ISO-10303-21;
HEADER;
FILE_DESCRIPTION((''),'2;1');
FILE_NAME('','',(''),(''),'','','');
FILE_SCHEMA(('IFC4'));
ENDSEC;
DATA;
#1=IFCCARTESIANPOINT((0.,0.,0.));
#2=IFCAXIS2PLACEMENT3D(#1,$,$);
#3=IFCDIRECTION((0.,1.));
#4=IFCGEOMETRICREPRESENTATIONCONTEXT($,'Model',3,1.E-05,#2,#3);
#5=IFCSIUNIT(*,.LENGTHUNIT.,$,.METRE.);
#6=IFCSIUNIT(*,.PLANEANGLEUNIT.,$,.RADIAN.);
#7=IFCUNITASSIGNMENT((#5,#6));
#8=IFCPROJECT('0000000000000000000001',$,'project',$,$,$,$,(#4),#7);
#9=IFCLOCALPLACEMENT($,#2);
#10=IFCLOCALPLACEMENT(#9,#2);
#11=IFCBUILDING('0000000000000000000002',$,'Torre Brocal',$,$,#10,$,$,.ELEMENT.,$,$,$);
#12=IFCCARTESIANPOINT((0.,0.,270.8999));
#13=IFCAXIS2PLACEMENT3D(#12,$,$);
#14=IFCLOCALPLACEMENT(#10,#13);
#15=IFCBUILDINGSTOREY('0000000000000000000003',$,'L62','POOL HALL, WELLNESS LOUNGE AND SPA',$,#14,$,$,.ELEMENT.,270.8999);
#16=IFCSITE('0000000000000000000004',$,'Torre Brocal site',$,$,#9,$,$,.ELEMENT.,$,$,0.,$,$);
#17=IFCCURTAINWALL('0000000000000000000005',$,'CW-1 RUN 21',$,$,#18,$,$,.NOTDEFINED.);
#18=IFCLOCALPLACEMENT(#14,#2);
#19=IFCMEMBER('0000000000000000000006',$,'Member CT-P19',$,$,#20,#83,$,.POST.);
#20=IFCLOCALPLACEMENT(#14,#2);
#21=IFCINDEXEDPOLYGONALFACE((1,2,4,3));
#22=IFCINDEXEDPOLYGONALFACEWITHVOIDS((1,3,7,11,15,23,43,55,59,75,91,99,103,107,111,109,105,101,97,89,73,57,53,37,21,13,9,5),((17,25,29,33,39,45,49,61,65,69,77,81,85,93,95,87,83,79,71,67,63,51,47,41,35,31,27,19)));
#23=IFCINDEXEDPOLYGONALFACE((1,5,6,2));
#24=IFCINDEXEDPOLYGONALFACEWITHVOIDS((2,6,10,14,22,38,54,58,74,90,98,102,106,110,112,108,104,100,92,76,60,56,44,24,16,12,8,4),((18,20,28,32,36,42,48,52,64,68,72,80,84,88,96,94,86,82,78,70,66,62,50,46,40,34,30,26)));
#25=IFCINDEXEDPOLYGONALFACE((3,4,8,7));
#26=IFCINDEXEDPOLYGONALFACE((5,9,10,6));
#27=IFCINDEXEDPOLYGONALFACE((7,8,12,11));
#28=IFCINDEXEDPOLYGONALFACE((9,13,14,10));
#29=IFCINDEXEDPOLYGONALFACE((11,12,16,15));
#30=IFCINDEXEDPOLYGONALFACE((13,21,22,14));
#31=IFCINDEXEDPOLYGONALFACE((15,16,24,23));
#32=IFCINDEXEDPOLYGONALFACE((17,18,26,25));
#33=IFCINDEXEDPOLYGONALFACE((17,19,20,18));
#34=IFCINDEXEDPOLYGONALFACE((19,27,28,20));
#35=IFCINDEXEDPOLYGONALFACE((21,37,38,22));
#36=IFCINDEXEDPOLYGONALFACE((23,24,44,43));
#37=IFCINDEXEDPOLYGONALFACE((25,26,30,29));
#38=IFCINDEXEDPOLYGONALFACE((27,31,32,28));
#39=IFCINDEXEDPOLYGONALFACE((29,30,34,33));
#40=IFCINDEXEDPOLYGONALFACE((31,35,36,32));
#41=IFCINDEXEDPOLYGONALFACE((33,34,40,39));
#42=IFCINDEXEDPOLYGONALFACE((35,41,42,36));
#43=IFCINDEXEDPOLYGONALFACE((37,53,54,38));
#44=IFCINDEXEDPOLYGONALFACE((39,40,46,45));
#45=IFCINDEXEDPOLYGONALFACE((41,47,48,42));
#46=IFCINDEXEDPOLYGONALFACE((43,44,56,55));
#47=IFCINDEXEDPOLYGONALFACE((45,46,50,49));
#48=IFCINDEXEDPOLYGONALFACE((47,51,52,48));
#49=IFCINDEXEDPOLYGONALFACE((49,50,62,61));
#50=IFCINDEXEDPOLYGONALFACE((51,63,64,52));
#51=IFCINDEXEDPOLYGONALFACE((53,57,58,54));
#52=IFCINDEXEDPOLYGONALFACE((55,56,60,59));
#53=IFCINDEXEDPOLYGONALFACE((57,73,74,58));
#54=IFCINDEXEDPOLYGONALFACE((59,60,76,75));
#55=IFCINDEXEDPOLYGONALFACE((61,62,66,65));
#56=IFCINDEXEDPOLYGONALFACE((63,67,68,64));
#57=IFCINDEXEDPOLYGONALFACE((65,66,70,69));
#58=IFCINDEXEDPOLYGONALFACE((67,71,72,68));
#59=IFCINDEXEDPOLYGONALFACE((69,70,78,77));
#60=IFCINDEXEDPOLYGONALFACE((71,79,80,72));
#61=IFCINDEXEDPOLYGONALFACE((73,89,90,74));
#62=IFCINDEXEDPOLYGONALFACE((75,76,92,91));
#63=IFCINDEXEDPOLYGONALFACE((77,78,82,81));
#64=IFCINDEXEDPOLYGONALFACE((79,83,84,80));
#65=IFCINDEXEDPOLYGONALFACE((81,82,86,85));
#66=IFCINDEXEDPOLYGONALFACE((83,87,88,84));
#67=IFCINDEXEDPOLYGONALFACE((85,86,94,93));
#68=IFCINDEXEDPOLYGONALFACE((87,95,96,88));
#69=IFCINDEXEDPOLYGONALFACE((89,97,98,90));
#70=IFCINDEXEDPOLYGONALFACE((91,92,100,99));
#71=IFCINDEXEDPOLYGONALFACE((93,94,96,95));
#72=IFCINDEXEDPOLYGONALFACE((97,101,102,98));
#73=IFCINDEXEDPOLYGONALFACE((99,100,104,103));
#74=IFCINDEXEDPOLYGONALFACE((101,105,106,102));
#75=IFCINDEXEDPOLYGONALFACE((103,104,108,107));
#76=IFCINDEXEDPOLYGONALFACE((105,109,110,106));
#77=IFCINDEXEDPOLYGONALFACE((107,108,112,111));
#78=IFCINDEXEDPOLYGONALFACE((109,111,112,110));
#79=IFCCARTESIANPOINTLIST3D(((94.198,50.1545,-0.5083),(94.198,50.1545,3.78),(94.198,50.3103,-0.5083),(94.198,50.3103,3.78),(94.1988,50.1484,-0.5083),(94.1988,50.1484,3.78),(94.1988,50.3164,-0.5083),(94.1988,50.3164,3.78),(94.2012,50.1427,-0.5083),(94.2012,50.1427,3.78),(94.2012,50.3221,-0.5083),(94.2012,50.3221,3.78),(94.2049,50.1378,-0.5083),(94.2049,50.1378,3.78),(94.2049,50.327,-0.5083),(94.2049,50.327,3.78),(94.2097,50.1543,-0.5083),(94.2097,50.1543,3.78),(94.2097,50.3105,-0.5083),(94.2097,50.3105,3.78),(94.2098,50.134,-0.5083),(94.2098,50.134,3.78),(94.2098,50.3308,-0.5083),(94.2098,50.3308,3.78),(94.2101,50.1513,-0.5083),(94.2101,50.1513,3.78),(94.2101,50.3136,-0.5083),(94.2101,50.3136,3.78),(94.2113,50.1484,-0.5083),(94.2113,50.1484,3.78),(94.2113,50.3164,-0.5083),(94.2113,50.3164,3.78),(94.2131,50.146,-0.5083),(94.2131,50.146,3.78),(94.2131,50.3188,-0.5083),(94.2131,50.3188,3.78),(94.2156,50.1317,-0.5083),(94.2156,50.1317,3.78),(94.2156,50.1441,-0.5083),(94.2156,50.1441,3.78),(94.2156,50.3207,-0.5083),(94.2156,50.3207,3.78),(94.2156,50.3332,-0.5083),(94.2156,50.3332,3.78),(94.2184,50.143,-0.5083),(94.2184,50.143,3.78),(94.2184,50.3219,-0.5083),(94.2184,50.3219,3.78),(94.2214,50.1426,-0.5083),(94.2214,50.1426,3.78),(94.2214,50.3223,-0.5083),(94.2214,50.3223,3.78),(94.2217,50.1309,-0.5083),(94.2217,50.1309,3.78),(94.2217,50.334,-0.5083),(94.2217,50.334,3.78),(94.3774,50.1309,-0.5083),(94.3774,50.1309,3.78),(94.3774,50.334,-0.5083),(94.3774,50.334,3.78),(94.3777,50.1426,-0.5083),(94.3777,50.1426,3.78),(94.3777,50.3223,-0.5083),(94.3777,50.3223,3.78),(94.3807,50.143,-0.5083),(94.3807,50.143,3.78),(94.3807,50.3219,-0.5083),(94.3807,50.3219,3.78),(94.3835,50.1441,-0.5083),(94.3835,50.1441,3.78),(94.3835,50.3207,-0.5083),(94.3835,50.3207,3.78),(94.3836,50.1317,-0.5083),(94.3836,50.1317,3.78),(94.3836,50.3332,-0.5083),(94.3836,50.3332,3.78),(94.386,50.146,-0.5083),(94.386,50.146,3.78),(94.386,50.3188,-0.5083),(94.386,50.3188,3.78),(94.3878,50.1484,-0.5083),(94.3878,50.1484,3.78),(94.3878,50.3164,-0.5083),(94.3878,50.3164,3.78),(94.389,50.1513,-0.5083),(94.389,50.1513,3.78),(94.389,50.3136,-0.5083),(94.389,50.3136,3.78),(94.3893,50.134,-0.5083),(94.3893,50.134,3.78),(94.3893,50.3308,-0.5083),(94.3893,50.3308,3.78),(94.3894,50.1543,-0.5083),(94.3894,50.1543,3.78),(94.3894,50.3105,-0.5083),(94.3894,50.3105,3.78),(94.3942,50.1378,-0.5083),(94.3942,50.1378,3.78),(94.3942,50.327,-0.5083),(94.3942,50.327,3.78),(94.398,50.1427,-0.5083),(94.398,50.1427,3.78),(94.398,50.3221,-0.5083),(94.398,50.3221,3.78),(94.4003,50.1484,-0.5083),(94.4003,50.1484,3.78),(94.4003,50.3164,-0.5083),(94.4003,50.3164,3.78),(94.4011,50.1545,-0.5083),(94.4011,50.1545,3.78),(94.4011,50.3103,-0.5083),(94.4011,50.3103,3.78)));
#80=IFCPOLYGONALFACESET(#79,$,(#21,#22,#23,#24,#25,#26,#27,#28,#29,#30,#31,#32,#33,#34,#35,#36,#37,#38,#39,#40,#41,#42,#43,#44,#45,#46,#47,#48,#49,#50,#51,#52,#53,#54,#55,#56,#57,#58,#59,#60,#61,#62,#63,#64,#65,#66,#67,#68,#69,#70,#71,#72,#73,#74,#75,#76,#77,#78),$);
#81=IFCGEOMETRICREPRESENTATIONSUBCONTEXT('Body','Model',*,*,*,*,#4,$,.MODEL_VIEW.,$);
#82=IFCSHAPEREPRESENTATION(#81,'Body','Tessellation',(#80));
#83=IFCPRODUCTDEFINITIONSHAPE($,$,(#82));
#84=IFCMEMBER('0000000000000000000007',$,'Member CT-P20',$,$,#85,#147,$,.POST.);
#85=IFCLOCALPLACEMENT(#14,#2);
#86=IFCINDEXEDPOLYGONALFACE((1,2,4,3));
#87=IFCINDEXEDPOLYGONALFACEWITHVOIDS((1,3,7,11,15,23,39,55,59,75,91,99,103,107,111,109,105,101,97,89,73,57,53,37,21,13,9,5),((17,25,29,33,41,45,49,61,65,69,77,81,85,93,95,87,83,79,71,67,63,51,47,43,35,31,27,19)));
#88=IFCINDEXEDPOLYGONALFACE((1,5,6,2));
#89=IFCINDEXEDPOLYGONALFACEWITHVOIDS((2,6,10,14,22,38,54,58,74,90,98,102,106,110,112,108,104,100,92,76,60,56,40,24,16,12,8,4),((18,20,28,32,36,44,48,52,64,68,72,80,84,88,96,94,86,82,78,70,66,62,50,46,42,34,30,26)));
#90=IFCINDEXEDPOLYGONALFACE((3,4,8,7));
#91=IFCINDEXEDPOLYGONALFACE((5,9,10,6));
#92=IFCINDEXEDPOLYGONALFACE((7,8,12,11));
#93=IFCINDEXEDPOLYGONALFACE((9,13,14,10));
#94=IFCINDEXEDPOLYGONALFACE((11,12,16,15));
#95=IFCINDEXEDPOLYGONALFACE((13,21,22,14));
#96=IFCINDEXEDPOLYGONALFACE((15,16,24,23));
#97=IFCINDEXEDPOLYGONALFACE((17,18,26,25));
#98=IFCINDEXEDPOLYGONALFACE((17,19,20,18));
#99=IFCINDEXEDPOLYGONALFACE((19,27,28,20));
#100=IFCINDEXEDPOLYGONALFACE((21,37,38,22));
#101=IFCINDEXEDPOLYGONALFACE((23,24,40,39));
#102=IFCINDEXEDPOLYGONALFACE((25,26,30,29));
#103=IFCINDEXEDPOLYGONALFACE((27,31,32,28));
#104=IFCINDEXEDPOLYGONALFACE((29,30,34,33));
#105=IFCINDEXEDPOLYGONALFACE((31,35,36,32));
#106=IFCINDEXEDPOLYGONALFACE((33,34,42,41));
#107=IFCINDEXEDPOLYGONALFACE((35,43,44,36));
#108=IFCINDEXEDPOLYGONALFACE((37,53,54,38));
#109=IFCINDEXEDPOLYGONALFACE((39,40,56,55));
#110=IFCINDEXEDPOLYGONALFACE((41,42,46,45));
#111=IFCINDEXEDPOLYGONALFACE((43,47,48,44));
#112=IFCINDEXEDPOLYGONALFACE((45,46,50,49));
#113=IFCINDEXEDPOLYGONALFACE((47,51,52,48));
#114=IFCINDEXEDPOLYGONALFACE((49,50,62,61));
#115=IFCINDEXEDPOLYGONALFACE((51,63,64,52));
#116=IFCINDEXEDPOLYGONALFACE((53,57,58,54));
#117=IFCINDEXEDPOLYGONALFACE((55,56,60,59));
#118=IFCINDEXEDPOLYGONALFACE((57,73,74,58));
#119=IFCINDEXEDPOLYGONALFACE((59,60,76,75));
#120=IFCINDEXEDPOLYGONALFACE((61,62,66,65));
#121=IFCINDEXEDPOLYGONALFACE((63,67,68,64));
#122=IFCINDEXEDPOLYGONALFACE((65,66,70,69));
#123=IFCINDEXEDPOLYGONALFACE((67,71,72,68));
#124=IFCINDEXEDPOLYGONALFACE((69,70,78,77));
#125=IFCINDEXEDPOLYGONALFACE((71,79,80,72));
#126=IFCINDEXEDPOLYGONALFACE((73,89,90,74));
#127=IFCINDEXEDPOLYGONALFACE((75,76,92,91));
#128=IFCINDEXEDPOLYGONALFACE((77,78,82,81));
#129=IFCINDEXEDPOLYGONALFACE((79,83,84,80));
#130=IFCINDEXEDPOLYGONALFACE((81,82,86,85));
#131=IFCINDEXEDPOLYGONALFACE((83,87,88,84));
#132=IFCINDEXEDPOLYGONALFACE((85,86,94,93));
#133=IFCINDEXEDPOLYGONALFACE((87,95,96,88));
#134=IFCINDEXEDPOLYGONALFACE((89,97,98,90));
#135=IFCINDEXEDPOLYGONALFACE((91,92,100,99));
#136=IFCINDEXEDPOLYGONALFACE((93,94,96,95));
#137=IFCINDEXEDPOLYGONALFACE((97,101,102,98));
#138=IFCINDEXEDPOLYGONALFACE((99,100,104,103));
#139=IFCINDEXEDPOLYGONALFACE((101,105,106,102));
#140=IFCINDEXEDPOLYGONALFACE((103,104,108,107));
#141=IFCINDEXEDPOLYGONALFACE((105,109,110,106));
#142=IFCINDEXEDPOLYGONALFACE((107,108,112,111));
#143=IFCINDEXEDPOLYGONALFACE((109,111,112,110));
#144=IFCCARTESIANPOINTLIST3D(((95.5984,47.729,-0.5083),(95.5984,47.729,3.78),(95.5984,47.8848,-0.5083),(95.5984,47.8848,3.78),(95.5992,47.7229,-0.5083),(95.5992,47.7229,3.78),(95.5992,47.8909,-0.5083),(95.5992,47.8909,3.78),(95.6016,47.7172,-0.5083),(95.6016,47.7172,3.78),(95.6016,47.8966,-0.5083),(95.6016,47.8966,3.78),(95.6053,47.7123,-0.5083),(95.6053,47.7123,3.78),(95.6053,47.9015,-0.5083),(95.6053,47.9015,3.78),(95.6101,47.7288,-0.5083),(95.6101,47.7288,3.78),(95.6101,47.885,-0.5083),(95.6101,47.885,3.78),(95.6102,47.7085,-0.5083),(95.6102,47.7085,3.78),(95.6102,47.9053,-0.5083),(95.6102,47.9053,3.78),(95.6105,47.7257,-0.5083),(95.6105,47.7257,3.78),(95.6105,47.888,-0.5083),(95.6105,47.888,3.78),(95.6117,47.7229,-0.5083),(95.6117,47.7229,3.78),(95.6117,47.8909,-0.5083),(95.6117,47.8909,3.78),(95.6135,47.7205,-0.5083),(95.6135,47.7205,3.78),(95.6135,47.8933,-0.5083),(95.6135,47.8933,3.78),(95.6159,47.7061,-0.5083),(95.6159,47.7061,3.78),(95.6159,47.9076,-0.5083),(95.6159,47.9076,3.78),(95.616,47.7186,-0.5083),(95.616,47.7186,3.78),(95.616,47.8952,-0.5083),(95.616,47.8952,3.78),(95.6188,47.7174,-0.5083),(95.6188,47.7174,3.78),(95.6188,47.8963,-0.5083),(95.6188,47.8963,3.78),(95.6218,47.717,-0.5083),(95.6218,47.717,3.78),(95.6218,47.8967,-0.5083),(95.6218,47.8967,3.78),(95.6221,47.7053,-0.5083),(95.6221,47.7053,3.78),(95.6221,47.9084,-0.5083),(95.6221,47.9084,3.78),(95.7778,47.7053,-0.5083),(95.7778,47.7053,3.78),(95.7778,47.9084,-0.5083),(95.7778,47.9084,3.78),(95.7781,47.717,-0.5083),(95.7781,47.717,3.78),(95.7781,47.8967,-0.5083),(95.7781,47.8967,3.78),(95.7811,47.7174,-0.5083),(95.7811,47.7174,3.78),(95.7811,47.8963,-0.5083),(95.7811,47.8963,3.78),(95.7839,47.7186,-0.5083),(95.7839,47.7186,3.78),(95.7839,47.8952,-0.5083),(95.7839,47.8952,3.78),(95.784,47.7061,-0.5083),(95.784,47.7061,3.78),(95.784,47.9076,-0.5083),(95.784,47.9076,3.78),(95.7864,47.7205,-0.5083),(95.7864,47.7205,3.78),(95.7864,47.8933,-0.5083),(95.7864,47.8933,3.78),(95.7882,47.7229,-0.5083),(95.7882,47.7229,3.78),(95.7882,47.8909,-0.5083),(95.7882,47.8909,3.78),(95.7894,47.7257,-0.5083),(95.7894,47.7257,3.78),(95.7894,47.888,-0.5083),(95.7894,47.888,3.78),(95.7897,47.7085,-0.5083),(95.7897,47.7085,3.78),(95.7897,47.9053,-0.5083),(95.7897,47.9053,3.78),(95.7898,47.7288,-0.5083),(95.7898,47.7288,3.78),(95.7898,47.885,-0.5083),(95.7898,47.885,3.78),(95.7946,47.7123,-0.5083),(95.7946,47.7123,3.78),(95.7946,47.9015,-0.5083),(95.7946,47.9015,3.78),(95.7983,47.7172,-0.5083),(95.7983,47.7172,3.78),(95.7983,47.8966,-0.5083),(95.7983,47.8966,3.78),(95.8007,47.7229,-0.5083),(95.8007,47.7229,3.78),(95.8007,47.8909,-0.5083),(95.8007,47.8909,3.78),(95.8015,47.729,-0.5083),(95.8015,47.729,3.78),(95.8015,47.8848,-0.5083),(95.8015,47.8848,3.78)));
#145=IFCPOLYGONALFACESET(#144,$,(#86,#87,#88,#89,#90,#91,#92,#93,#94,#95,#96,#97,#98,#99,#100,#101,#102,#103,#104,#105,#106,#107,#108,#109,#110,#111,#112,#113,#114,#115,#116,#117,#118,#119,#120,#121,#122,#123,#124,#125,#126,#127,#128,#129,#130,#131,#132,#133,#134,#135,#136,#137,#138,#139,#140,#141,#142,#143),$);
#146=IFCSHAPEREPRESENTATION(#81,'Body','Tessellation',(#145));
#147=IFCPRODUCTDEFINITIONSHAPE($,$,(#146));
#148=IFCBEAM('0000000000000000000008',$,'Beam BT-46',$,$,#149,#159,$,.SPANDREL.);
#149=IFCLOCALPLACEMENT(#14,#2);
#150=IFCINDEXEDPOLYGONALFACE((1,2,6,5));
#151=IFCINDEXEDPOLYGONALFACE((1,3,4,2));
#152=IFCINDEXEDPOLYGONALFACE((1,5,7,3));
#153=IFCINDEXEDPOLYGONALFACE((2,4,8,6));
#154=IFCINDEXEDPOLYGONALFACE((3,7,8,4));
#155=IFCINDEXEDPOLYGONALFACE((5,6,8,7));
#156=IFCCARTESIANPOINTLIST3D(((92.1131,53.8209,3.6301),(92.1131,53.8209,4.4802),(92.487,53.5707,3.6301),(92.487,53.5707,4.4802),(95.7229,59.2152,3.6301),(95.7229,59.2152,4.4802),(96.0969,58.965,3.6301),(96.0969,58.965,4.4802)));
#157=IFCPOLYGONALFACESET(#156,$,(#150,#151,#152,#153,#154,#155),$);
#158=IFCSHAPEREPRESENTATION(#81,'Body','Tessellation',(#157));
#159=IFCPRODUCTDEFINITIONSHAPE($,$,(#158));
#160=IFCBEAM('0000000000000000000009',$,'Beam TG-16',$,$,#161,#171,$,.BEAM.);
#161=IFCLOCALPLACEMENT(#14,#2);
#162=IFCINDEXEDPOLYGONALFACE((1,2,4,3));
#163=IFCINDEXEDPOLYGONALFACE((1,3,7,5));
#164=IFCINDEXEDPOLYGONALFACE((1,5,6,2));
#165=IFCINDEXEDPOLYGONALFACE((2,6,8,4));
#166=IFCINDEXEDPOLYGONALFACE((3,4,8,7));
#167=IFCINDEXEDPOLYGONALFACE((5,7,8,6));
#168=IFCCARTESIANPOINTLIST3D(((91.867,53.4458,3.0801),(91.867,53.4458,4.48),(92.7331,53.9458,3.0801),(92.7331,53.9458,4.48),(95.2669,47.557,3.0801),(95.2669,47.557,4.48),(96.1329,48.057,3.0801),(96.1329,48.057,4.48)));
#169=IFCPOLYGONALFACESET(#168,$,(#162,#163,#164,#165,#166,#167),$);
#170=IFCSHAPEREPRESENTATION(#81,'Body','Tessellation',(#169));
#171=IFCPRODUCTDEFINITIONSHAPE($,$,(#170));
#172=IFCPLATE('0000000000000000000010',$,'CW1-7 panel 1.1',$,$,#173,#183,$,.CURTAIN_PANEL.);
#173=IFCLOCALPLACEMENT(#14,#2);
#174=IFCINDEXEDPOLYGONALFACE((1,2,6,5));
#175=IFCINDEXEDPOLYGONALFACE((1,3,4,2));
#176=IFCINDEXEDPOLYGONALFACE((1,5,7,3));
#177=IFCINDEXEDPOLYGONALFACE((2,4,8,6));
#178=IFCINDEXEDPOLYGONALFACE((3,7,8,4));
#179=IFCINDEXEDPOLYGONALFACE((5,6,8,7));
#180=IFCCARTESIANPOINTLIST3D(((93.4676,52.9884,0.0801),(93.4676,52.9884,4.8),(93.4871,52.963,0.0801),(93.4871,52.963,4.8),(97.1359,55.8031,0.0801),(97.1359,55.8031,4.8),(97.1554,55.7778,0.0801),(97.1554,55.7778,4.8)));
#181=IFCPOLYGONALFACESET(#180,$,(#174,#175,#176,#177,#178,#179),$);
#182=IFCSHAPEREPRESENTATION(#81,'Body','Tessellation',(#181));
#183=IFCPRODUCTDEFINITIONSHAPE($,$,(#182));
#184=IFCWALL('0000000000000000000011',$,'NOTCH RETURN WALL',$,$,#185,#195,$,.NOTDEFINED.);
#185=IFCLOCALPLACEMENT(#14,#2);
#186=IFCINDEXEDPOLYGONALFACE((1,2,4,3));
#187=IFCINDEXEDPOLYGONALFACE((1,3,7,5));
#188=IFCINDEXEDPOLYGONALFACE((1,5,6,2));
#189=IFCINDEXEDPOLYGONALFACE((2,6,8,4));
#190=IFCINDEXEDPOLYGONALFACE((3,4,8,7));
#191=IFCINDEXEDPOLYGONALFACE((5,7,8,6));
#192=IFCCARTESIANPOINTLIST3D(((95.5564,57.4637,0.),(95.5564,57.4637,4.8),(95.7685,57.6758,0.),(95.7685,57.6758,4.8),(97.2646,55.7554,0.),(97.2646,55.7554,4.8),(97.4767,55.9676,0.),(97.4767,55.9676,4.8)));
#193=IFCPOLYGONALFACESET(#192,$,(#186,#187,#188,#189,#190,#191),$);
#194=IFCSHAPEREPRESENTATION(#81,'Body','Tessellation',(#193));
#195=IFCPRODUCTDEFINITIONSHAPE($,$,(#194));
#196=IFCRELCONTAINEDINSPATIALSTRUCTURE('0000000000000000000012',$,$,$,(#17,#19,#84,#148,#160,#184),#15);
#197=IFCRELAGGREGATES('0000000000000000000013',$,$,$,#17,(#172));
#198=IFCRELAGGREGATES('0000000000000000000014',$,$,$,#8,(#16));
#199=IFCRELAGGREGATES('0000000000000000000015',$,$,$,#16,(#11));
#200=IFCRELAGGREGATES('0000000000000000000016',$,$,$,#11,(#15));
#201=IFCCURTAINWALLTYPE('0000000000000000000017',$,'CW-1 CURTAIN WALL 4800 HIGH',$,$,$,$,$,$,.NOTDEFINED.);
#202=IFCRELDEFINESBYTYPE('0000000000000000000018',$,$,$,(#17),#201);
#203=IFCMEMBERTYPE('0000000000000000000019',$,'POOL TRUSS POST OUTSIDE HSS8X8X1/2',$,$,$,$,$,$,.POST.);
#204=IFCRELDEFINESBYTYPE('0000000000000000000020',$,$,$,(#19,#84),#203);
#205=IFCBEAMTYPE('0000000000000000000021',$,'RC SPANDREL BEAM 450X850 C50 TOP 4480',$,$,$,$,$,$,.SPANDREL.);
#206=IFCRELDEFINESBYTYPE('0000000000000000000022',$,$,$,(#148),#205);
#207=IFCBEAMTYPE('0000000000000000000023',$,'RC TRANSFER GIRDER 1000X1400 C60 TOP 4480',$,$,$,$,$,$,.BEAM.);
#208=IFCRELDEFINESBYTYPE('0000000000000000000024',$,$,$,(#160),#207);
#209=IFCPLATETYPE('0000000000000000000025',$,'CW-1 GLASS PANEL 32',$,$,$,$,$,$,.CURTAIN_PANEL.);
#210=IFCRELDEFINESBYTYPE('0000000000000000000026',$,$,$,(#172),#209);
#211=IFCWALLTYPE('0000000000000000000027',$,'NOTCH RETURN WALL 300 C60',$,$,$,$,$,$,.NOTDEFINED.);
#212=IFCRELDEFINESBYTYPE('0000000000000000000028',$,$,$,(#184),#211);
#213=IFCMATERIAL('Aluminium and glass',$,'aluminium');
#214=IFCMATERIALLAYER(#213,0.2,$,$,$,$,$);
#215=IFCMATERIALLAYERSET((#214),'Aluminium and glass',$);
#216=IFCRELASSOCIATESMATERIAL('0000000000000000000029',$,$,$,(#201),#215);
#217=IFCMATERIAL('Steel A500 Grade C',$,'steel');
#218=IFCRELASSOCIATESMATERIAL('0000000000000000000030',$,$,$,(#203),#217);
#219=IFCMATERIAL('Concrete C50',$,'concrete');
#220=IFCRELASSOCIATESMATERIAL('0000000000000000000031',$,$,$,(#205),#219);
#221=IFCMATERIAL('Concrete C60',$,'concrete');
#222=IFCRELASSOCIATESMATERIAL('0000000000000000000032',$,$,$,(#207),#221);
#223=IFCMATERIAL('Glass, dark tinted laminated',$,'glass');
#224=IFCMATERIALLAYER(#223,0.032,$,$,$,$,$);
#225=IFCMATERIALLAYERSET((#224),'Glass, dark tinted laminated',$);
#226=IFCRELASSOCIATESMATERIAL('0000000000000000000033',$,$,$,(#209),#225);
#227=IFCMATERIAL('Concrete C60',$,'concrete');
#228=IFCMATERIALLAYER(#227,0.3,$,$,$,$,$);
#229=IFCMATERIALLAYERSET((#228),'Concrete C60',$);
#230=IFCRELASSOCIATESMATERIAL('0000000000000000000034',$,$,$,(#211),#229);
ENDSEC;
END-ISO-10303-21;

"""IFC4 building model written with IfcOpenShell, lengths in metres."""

from ifc_helpers import new_model, si_unit, direction, frame, frame_2d, origin, origin_2d, place, context, subcontext, project, spatial, rectangle, hollow_rectangle, extrude, material, layer, layer_set, material_profile, profile_set, type_object, element, aggregate, save


model = new_model("IFC4")

# Units and contexts
model_context = context("Model", 3, precision=1e-05, world=origin(), true_north=direction((0.0, 1.0)))
body_context = subcontext(model_context, "Body", "Model", "MODEL_VIEW")
ifc_project = project(units=[si_unit("LENGTHUNIT", "METRE"), si_unit("PLANEANGLEUNIT", "RADIAN")], contexts=[model_context])

# Site, building, storey
site_placement = place(None, origin())
site = spatial("IfcSite", under=ifc_project, at=site_placement, Name="Torre Brocal site", CompositionType="ELEMENT", RefElevation=0.0)
building_placement = place(site_placement, origin())
building = spatial("IfcBuilding", under=site, at=building_placement, Name="Torre Brocal", CompositionType="ELEMENT")
storey_placement = place(building_placement, frame((0.0, 0.0, 270.8999)))
storey = spatial("IfcBuildingStorey", under=building, at=storey_placement, Name="L62", Description="POOL HALL, WELLNESS LOUNGE AND SPA", CompositionType="ELEMENT", Elevation=270.8999)

# Curtain wall
ifc_material_1 = material(Name="Aluminium and glass", Category="aluminium")
ifc_layer_1 = layer(ifc_material_1, 0.2)
ifc_layer_set_1 = layer_set([ifc_layer_1], Name="Aluminium and glass")
curtain_wall_type = type_object("IfcCurtainWallType", Name="CW-1 CURTAIN WALL 4800 HIGH", PredefinedType="NOTDEFINED", material=ifc_layer_set_1)
curtain_wall_1_placement = place(storey_placement, origin())
curtain_wall_1 = element("IfcCurtainWall", 1, at=curtain_wall_1_placement, inside=storey, type_object=curtain_wall_type, Name="CW-1 RUN 21", PredefinedType="NOTDEFINED")

# Members
ifc_material_2 = material(Name="Steel A500 Grade C", Category="steel")
ifc_material_profile_1 = material_profile(ifc_material_2, hollow_rectangle(XDim=0.2031, YDim=0.2031, WallThickness=0.0117, InnerFilletRadius=0.0117, OuterFilletRadius=0.0237, at=origin_2d()), Name="HSS8X8X1/2")
ifc_profile_set_1 = profile_set([ifc_material_profile_1], Name="Steel A500 Grade C")
member_type_1 = type_object("IfcMemberType", Name="POOL TRUSS POST OUTSIDE HSS8X8X1/2", PredefinedType="POST", material=ifc_profile_set_1)
for number, where, z_axis, x_axis, name in (
    (2, (94.2996, 50.2324, -0.5083), (0.0, 0.0, 1.0), (1.0, 0.0, 0.0), "Member CT-P19"),
    (3, (95.7, 47.8069, -0.5083), (0.0, 0.0, 1.0), (1.0, 0.0, 0.0), "Member CT-P20"),
):
    element("IfcMember", number, at=place(storey_placement, frame(where, z_axis=z_axis, x_axis=x_axis)), inside=storey, type_object=member_type_1, Name=name, PredefinedType="POST", context=body_context, shape_type="SweptSolid", body=[
        extrude(hollow_rectangle(XDim=0.2031, YDim=0.2031, WallThickness=0.0117, InnerFilletRadius=0.0117, OuterFilletRadius=0.0237, at=origin_2d()), origin(), (0.0, 0.0, 1.0), 4.2883),
    ])

# Beams
ifc_material_3 = material(Name="Concrete C50", Category="concrete")
ifc_material_profile_2 = material_profile(ifc_material_3, rectangle(XDim=0.45, YDim=0.8501, at=origin_2d()), Name="RC 450X850")
ifc_profile_set_2 = profile_set([ifc_material_profile_2], Name="Concrete C50")
beam_type_1 = type_object("IfcBeamType", Name="RC SPANDREL BEAM 450X850 C50 TOP 4480", PredefinedType="SPANDREL", material=ifc_profile_set_2)
beam_1_placement = place(storey_placement, frame((92.3, 53.6958, 4.0552), z_axis=(0.556158, 0.831077, 0.0), x_axis=(-0.831077, 0.556158, 0.0)))
element("IfcBeam", 4, at=beam_1_placement, inside=storey, type_object=beam_type_1, Name="Beam BT-46", PredefinedType="SPANDREL", context=body_context, shape_type="SweptSolid", body=[
    extrude(rectangle(XDim=0.45, YDim=0.8501, at=origin_2d()), origin(), (0.0, 0.0, 1.0), 6.4907),
])
ifc_material_4 = material(Name="Concrete C60", Category="concrete")
ifc_material_profile_3 = material_profile(ifc_material_4, rectangle(XDim=1.0, YDim=1.3999, at=origin_2d()), Name="RC 1000X1400")
ifc_profile_set_3 = profile_set([ifc_material_profile_3], Name="Concrete C60")
beam_type_2 = type_object("IfcBeamType", Name="RC TRANSFER GIRDER 1000X1400 C60 TOP 4480", PredefinedType="BEAM", material=ifc_profile_set_3)
beam_2_placement = place(storey_placement, frame((92.3, 53.6958, 3.78), z_axis=(0.499993, -0.86603, 0.0), x_axis=(0.86603, 0.499993, 0.0)))
element("IfcBeam", 5, at=beam_2_placement, inside=storey, type_object=beam_type_2, Name="Beam TG-16", PredefinedType="BEAM", context=body_context, shape_type="SweptSolid", body=[
    extrude(rectangle(XDim=1.0, YDim=1.3999, at=origin_2d()), origin(), (0.0, 0.0, 1.0), 6.7998),
])

# Plate
ifc_material_5 = material(Name="Glass, dark tinted laminated", Category="glass")
ifc_layer_2 = layer(ifc_material_5, 0.032)
ifc_layer_set_2 = layer_set([ifc_layer_2], Name="Glass, dark tinted laminated")
plate_type = type_object("IfcPlateType", Name="CW-1 GLASS PANEL 32", PredefinedType="CURTAIN_PANEL", material=ifc_layer_set_2)
plate_placement = place(storey_placement, frame((95.3115, 54.3831, 0.0801), z_axis=(0.0, 0.0, 1.0), x_axis=(0.793353, 0.608761, 0.0)))
plate = element("IfcPlate", 6, at=plate_placement, type_object=plate_type, Name="CW1-7 panel 1.1", PredefinedType="CURTAIN_PANEL", context=body_context, shape_type="SweptSolid", body=[
    extrude(rectangle(XDim=4.6238, YDim=0.032, at=origin_2d()), origin(), (0.0, 0.0, 1.0), 4.72),
])
aggregate(curtain_wall_1, [plate])

# Wall
ifc_material_6 = material(Name="Concrete C60", Category="concrete")
ifc_layer_3 = layer(ifc_material_6, 0.3)
ifc_layer_set_3 = layer_set([ifc_layer_3], Name="Concrete C60")
wall_type_1 = type_object("IfcWallType", Name="NOTCH RETURN WALL 300 C60", PredefinedType="NOTDEFINED", material=ifc_layer_set_3)
wall_1_placement = place(storey_placement, frame((95.6624, 57.5698, 0.0), z_axis=(0.0, 0.0, 1.0), x_axis=(0.707107, -0.707107, 0.0)))
element("IfcWall", 7, at=wall_1_placement, inside=storey, type_object=wall_type_1, Name="NOTCH RETURN WALL", PredefinedType="NOTDEFINED", context=body_context, shape_type="SweptSolid", body=[
    extrude(rectangle(XDim=2.4158, YDim=0.3, at=frame_2d((1.208, 0.0))), origin(), (0.0, 0.0, 1.0), 4.8),
])

save(model, "model.ifc")
